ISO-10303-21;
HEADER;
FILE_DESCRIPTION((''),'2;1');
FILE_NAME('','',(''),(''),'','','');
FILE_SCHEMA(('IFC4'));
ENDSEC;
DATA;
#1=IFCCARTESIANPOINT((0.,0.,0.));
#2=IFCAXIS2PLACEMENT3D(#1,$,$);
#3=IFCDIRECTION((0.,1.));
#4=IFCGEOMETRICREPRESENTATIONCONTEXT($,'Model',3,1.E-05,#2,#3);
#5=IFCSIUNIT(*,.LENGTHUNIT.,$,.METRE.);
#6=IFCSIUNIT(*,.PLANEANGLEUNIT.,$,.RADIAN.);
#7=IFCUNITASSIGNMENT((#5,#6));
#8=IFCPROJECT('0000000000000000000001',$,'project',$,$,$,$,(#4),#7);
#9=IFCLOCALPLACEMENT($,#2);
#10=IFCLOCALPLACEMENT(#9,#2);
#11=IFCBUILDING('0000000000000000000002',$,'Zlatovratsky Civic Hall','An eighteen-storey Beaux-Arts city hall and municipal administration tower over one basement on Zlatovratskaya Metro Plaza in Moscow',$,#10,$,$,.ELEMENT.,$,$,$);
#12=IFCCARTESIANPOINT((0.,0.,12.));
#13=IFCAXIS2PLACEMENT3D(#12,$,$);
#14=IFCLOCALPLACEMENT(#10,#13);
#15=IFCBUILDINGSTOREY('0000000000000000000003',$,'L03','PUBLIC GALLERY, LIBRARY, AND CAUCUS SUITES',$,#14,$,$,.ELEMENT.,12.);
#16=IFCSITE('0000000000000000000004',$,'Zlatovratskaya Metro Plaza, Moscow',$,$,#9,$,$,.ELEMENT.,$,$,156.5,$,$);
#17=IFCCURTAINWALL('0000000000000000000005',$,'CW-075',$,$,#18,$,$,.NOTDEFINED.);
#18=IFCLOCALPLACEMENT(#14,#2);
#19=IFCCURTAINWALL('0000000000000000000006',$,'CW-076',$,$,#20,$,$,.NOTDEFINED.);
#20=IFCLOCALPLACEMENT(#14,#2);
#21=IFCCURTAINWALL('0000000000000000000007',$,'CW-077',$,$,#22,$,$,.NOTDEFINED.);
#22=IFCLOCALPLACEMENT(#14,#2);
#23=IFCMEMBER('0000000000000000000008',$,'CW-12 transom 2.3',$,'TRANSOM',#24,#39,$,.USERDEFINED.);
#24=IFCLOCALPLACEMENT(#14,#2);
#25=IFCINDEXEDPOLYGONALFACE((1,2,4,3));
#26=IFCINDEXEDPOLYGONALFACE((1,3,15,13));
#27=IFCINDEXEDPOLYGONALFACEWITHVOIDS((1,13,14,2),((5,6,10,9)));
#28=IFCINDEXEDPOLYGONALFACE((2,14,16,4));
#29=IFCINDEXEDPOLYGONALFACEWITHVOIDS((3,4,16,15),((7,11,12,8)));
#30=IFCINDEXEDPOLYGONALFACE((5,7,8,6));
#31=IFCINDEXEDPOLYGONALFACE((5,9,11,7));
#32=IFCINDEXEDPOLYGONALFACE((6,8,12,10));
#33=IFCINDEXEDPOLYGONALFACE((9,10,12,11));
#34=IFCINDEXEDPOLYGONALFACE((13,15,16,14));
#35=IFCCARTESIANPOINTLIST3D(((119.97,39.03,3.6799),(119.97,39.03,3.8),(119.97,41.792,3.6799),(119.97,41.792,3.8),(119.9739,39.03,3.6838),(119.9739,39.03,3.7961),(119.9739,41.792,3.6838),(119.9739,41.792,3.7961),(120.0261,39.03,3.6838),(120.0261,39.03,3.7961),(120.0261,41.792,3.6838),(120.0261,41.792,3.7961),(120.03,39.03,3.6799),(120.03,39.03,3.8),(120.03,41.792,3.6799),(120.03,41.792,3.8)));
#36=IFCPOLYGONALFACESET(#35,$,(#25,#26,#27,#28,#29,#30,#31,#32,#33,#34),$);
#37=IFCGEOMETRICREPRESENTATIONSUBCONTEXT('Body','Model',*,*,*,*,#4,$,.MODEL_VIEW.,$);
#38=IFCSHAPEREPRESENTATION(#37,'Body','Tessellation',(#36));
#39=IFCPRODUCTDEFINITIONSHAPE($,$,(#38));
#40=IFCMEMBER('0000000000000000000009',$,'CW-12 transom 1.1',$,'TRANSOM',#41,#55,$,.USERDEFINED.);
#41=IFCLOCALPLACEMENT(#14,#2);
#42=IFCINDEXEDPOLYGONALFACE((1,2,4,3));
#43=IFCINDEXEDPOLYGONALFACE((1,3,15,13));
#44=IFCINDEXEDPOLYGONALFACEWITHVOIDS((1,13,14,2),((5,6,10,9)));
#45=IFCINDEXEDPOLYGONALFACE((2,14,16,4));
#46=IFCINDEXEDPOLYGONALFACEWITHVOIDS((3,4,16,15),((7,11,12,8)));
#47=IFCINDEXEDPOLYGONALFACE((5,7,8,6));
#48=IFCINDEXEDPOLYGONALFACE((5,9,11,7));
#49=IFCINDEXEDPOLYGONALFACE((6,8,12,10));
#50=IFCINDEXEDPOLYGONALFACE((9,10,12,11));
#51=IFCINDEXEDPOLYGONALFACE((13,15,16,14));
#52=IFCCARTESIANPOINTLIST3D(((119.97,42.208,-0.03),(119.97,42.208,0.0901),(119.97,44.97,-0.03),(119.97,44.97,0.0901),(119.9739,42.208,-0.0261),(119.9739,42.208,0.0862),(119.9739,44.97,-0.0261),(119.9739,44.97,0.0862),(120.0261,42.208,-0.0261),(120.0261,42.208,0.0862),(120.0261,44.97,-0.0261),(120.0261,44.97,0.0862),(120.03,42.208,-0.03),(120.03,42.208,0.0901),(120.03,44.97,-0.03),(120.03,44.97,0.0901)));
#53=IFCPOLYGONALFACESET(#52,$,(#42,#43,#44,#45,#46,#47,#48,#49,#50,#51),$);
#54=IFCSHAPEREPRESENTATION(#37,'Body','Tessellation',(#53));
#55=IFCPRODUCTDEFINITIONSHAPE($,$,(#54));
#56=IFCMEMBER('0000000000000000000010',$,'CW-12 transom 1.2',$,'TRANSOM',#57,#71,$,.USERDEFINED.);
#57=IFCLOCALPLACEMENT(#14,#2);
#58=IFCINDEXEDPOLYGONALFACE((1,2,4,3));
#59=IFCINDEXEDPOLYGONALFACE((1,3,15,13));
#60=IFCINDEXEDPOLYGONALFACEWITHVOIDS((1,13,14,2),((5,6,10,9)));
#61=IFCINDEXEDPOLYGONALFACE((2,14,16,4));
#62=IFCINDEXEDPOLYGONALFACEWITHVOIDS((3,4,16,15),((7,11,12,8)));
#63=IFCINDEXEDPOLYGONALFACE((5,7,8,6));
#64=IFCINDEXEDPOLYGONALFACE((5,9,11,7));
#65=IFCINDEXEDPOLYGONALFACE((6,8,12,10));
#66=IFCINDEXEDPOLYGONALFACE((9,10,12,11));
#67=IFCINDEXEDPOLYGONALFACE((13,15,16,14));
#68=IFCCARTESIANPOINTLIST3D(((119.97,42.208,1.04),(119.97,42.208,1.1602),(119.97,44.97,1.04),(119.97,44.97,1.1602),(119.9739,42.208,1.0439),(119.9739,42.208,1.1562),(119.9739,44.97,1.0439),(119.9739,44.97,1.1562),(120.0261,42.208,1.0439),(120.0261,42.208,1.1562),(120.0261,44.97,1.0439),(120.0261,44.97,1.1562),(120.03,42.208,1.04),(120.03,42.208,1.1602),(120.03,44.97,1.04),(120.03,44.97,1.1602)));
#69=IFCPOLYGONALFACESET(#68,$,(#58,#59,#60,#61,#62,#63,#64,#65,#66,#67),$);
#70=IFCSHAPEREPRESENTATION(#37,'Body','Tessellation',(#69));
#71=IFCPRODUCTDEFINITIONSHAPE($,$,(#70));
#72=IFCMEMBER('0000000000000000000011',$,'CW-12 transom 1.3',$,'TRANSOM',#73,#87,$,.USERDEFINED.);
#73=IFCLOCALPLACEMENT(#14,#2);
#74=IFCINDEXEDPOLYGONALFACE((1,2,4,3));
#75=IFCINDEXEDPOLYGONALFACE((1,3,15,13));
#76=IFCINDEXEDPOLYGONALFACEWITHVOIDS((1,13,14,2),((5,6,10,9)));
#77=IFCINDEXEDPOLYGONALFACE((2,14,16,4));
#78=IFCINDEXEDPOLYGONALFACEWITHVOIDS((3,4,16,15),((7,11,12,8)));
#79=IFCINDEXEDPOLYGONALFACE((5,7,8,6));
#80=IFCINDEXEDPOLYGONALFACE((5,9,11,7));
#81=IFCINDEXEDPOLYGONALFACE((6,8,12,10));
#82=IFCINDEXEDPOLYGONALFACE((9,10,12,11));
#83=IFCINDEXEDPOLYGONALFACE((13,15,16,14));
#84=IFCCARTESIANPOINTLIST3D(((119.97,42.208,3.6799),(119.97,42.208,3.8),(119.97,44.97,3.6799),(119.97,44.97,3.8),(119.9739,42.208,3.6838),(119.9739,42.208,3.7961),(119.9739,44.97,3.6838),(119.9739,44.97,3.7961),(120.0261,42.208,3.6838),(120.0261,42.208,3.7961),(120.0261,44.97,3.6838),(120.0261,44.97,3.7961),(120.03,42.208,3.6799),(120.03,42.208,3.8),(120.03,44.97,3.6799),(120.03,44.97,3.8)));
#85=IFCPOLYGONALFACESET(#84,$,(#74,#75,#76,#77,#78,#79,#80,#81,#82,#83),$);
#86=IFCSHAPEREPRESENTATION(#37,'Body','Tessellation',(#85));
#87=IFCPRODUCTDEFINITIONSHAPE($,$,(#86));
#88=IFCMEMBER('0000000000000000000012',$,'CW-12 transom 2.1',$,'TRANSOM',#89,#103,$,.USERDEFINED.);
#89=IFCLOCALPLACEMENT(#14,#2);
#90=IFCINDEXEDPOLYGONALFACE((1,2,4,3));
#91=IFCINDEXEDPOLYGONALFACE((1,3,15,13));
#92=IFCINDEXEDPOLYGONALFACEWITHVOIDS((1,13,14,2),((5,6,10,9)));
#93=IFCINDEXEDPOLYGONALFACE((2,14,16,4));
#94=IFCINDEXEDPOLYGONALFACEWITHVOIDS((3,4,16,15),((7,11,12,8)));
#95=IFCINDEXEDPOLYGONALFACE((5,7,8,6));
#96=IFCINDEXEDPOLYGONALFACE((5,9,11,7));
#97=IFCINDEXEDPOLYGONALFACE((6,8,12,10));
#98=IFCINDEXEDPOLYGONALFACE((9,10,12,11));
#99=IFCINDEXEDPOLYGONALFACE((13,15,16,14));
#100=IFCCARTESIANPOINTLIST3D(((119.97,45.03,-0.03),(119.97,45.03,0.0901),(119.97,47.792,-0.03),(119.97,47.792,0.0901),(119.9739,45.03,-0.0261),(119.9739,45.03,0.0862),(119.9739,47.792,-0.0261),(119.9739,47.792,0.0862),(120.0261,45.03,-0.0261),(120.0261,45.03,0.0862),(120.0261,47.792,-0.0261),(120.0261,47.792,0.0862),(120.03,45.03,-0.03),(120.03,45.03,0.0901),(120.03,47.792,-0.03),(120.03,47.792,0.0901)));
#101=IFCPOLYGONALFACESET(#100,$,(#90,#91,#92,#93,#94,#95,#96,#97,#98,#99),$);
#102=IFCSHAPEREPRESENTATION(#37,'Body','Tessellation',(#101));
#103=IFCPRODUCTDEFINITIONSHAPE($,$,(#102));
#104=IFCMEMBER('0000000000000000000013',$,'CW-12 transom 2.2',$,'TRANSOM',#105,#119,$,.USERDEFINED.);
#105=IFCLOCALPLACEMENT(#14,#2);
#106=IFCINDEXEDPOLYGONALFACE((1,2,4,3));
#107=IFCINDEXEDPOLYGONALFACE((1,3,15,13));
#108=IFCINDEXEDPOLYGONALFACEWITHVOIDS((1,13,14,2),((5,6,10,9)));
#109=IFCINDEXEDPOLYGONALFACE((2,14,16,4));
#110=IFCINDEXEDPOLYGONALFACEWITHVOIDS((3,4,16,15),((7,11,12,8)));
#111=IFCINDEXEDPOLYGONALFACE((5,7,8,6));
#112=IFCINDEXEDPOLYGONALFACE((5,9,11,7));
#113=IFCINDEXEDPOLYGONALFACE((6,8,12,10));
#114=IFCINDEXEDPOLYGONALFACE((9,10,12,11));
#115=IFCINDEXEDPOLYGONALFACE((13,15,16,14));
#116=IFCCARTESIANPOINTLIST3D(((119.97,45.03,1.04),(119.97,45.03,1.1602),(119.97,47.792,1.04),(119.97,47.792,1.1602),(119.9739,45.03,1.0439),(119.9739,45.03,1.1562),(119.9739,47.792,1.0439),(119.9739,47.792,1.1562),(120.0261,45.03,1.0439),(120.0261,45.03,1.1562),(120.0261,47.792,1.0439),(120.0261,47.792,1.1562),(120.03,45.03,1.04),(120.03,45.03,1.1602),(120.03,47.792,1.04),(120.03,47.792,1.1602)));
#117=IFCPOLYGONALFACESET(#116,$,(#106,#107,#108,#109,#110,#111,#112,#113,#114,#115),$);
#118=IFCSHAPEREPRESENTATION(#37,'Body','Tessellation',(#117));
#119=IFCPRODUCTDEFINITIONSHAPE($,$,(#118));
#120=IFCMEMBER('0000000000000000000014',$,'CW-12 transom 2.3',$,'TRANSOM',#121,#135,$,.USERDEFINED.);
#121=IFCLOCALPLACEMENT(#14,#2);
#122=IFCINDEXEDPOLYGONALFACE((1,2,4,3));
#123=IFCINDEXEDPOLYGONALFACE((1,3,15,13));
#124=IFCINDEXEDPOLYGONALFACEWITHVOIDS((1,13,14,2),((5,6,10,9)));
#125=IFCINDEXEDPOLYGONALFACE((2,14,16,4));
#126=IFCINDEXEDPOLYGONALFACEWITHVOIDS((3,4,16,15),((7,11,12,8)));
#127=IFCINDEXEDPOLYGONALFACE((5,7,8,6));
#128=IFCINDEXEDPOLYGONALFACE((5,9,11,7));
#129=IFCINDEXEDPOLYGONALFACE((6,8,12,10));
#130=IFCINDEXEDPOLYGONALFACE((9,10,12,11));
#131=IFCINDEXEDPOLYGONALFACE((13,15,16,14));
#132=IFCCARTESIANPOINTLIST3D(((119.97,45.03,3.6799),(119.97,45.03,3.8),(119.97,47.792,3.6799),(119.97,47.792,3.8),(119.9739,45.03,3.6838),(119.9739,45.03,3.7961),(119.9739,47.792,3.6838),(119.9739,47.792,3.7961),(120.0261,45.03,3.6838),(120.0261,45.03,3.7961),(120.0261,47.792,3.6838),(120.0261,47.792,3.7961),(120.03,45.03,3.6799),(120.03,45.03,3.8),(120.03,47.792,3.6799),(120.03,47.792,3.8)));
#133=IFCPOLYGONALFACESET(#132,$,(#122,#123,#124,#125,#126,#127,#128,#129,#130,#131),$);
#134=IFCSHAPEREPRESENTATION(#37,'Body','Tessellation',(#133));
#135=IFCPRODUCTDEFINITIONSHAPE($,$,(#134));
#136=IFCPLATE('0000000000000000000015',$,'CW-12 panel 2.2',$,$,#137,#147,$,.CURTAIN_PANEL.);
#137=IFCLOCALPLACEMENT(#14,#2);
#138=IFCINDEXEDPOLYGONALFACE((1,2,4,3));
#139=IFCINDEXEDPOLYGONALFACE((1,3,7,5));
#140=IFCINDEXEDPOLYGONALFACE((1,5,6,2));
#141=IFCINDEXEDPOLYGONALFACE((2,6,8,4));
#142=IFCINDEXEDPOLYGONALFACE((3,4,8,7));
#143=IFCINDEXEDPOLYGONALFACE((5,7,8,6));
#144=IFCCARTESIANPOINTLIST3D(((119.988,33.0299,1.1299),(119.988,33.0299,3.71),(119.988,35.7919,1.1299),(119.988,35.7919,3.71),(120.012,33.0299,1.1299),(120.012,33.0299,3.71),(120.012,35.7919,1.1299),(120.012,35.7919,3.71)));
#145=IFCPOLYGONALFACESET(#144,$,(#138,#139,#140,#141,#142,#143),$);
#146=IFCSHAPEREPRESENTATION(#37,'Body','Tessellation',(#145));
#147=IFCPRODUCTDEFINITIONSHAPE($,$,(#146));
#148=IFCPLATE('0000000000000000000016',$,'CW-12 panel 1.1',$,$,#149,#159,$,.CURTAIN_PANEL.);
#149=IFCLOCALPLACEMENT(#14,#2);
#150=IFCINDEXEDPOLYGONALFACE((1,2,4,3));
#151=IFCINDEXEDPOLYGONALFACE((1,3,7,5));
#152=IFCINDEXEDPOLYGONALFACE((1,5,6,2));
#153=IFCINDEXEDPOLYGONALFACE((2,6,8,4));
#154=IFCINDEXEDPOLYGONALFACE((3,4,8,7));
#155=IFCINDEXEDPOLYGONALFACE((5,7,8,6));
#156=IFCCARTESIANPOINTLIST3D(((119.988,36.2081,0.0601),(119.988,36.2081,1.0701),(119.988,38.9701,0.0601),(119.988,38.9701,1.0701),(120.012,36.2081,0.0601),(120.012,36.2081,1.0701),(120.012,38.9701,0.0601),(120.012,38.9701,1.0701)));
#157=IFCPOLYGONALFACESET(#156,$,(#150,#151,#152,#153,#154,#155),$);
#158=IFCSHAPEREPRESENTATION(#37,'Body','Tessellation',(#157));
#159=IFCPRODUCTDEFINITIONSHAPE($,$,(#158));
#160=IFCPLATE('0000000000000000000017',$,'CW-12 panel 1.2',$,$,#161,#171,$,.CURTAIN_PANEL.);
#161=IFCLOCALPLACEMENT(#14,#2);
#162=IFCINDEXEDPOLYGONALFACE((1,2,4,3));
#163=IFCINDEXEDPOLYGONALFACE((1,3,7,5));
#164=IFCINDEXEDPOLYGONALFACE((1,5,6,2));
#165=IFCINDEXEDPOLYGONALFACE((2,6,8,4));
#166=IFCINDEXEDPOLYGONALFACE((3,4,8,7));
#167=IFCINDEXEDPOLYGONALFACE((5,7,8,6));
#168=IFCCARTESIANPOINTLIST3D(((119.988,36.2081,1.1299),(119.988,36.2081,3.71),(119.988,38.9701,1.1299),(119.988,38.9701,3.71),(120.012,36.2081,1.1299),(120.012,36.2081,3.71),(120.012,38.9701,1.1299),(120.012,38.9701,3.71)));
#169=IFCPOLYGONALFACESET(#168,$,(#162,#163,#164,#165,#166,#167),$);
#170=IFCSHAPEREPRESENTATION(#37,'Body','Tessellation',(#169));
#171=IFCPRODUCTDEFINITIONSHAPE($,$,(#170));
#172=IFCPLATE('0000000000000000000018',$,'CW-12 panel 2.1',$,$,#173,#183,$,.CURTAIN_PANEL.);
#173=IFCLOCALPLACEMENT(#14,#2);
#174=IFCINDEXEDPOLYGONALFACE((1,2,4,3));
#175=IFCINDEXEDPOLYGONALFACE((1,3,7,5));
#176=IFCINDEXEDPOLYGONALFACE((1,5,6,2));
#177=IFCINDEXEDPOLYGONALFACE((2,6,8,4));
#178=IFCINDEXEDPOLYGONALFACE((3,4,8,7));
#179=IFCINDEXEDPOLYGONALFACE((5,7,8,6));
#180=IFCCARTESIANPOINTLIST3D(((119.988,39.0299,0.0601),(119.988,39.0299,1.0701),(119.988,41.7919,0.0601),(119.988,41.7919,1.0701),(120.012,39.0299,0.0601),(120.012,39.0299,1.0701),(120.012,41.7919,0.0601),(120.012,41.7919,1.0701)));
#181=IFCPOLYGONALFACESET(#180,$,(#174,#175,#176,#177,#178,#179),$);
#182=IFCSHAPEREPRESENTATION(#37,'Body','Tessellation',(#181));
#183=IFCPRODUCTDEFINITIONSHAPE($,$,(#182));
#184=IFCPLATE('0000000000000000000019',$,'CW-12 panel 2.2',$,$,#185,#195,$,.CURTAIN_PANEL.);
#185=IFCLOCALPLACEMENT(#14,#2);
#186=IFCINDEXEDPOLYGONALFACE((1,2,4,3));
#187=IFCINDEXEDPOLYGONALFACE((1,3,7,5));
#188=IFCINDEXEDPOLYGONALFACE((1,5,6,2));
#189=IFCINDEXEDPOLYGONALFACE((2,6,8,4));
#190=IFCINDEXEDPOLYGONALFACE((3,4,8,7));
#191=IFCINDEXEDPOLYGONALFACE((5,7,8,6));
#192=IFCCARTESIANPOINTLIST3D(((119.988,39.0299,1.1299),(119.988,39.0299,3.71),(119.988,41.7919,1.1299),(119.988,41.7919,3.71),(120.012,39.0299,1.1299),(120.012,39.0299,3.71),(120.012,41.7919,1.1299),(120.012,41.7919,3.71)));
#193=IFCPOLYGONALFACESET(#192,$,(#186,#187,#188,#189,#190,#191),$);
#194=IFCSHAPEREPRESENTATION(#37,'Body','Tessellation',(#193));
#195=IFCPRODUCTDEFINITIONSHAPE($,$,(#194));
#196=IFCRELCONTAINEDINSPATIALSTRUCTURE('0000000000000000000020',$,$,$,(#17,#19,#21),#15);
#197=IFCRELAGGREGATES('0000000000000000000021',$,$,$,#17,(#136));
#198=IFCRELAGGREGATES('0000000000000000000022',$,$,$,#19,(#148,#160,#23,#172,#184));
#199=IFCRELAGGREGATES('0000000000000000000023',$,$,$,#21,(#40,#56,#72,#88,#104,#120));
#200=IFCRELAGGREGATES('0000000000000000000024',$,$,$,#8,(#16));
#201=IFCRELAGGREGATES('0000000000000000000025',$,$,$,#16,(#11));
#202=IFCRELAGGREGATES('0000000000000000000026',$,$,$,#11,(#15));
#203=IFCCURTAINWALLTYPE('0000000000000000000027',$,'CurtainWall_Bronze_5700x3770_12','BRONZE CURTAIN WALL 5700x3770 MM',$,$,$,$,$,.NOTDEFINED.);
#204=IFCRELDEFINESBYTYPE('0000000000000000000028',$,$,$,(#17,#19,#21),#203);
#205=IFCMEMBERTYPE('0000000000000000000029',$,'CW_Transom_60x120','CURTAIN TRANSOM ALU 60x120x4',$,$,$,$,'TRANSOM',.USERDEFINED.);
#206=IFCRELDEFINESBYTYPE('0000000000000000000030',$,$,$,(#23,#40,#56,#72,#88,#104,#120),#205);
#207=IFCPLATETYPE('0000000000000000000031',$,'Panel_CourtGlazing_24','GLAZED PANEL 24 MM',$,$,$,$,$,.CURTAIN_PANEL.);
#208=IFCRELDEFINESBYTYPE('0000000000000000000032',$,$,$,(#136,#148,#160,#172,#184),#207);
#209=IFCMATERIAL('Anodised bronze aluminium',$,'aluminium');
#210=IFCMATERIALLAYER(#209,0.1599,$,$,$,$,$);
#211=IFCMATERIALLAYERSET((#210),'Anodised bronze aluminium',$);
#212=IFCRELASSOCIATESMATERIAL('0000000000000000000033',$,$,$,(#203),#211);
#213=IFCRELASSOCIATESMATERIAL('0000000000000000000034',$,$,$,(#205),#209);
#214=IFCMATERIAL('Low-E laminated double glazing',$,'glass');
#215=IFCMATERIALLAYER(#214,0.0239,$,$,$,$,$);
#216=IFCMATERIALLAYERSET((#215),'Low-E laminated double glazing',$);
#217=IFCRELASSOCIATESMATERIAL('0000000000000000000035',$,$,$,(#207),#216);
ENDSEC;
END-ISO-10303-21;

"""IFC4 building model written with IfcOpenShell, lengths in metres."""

from ifc_helpers import new_model, si_unit, direction, frame, origin, origin_2d, place, context, subcontext, project, spatial, rectangle, hollow_rectangle, extrude, material, layer, layer_set, material_profile, profile_set, type_object, element, aggregate, save


model = new_model("IFC4")

# Units and contexts
model_context = context("Model", 3, precision=1e-05, world=origin(), true_north=direction((0.0, 1.0)))
body_context = subcontext(model_context, "Body", "Model", "MODEL_VIEW")
ifc_project = project(units=[si_unit("LENGTHUNIT", "METRE"), si_unit("PLANEANGLEUNIT", "RADIAN")], contexts=[model_context])

# Site, building, storey
site_placement = place(None, origin())
site = spatial("IfcSite", under=ifc_project, at=site_placement, Name="Zlatovratskaya Metro Plaza, Moscow", CompositionType="ELEMENT", RefElevation=156.5)
building_placement = place(site_placement, origin())
building = spatial("IfcBuilding", under=site, at=building_placement, Name="Zlatovratsky Civic Hall", Description="An eighteen-storey Beaux-Arts city hall and municipal administration tower over one basement on Zlatovratskaya Metro Plaza in Moscow", CompositionType="ELEMENT")
storey_placement = place(building_placement, frame((0.0, 0.0, 12.0)))
storey = spatial("IfcBuildingStorey", under=building, at=storey_placement, Name="L03", Description="PUBLIC GALLERY, LIBRARY, AND CAUCUS SUITES", CompositionType="ELEMENT", Elevation=12.0)

# Curtain wall
ifc_material_1 = material(Name="Anodised bronze aluminium", Category="aluminium")
ifc_layer_1 = layer(ifc_material_1, 0.1599)
ifc_layer_set_1 = layer_set([ifc_layer_1], Name="Anodised bronze aluminium")
curtain_wall_type = type_object("IfcCurtainWallType", Name="CurtainWall_Bronze_5700x3770_12", Description="BRONZE CURTAIN WALL 5700x3770 MM", PredefinedType="NOTDEFINED", material=ifc_layer_set_1)
curtain_wall_1_placement = place(storey_placement, origin())
curtain_wall_1 = element("IfcCurtainWall", 1, at=curtain_wall_1_placement, inside=storey, type_object=curtain_wall_type, Name="CW-075", PredefinedType="NOTDEFINED")

# Curtain walls
curtain_wall_2_placement = place(storey_placement, origin())
curtain_wall_2 = element("IfcCurtainWall", 2, at=curtain_wall_2_placement, inside=storey, type_object=curtain_wall_type, Name="CW-076", PredefinedType="NOTDEFINED")
curtain_wall_3_placement = place(storey_placement, origin())
curtain_wall_3 = element("IfcCurtainWall", 3, at=curtain_wall_3_placement, inside=storey, type_object=curtain_wall_type, Name="CW-077", PredefinedType="NOTDEFINED")

# Members
ifc_material_profile_1 = material_profile(ifc_material_1, hollow_rectangle(XDim=0.0601, YDim=0.1201, WallThickness=0.0039, at=origin_2d()), Name="ALU 60x120x4")
ifc_profile_set_1 = profile_set([ifc_material_profile_1], Name="Anodised bronze aluminium")
member_type_1 = type_object("IfcMemberType", Name="CW_Transom_60x120", Description="CURTAIN TRANSOM ALU 60x120x4", ElementType="TRANSOM", PredefinedType="USERDEFINED", material=ifc_profile_set_1)
member_1_placement = place(storey_placement, frame((120.0, 39.03, 3.74), z_axis=(0.0, 1.0, 0.0), x_axis=(-1.0, 0.0, 0.0)))
member_1 = element("IfcMember", 4, at=member_1_placement, type_object=member_type_1, Name="CW-12 transom 2.3", ObjectType="TRANSOM", PredefinedType="USERDEFINED", context=body_context, shape_type="SweptSolid", body=[
    extrude(hollow_rectangle(XDim=0.0601, YDim=0.1201, WallThickness=0.0039, at=origin_2d()), origin(), (0.0, 0.0, 1.0), 2.762),
])
member_2_placement = place(storey_placement, frame((120.0, 42.208, 0.03), z_axis=(0.0, 1.0, 0.0), x_axis=(-1.0, 0.0, 0.0)))
member_2 = element("IfcMember", 5, at=member_2_placement, type_object=member_type_1, Name="CW-12 transom 1.1", ObjectType="TRANSOM", PredefinedType="USERDEFINED", context=body_context, shape_type="SweptSolid", body=[
    extrude(hollow_rectangle(XDim=0.0601, YDim=0.1201, WallThickness=0.0039, at=origin_2d()), origin(), (0.0, 0.0, 1.0), 2.762),
])
member_3_placement = place(storey_placement, frame((120.0, 42.208, 1.1001), z_axis=(0.0, 1.0, 0.0), x_axis=(-1.0, 0.0, 0.0)))
member_3 = element("IfcMember", 6, at=member_3_placement, type_object=member_type_1, Name="CW-12 transom 1.2", ObjectType="TRANSOM", PredefinedType="USERDEFINED", context=body_context, shape_type="SweptSolid", body=[
    extrude(hollow_rectangle(XDim=0.0601, YDim=0.1201, WallThickness=0.0039, at=origin_2d()), origin(), (0.0, 0.0, 1.0), 2.762),
])
member_4_placement = place(storey_placement, frame((120.0, 42.208, 3.74), z_axis=(0.0, 1.0, 0.0), x_axis=(-1.0, 0.0, 0.0)))
member_4 = element("IfcMember", 7, at=member_4_placement, type_object=member_type_1, Name="CW-12 transom 1.3", ObjectType="TRANSOM", PredefinedType="USERDEFINED", context=body_context, shape_type="SweptSolid", body=[
    extrude(hollow_rectangle(XDim=0.0601, YDim=0.1201, WallThickness=0.0039, at=origin_2d()), origin(), (0.0, 0.0, 1.0), 2.762),
])
member_5_placement = place(storey_placement, frame((120.0, 45.03, 0.03), z_axis=(0.0, 1.0, 0.0), x_axis=(-1.0, 0.0, 0.0)))
member_5 = element("IfcMember", 8, at=member_5_placement, type_object=member_type_1, Name="CW-12 transom 2.1", ObjectType="TRANSOM", PredefinedType="USERDEFINED", context=body_context, shape_type="SweptSolid", body=[
    extrude(hollow_rectangle(XDim=0.0601, YDim=0.1201, WallThickness=0.0039, at=origin_2d()), origin(), (0.0, 0.0, 1.0), 2.762),
])
member_6_placement = place(storey_placement, frame((120.0, 45.03, 1.1001), z_axis=(0.0, 1.0, 0.0), x_axis=(-1.0, 0.0, 0.0)))
member_6 = element("IfcMember", 9, at=member_6_placement, type_object=member_type_1, Name="CW-12 transom 2.2", ObjectType="TRANSOM", PredefinedType="USERDEFINED", context=body_context, shape_type="SweptSolid", body=[
    extrude(hollow_rectangle(XDim=0.0601, YDim=0.1201, WallThickness=0.0039, at=origin_2d()), origin(), (0.0, 0.0, 1.0), 2.762),
])
member_7_placement = place(storey_placement, frame((120.0, 45.03, 3.74), z_axis=(0.0, 1.0, 0.0), x_axis=(-1.0, 0.0, 0.0)))
member_7 = element("IfcMember", 10, at=member_7_placement, type_object=member_type_1, Name="CW-12 transom 2.3", ObjectType="TRANSOM", PredefinedType="USERDEFINED", context=body_context, shape_type="SweptSolid", body=[
    extrude(hollow_rectangle(XDim=0.0601, YDim=0.1201, WallThickness=0.0039, at=origin_2d()), origin(), (0.0, 0.0, 1.0), 2.762),
])

# Plates
ifc_material_2 = material(Name="Low-E laminated double glazing", Category="glass")
ifc_layer_2 = layer(ifc_material_2, 0.0239)
ifc_layer_set_2 = layer_set([ifc_layer_2], Name="Low-E laminated double glazing")
plate_type = type_object("IfcPlateType", Name="Panel_CourtGlazing_24", Description="GLAZED PANEL 24 MM", PredefinedType="CURTAIN_PANEL", material=ifc_layer_set_2)
plate_1_placement = place(storey_placement, frame((120.0, 34.4109, 1.1299), z_axis=(0.0, 0.0, 1.0), x_axis=(0.0, 1.0, 0.0)))
plate_1 = element("IfcPlate", 11, at=plate_1_placement, type_object=plate_type, Name="CW-12 panel 2.2", PredefinedType="CURTAIN_PANEL", context=body_context, shape_type="SweptSolid", body=[
    extrude(rectangle(XDim=2.762, YDim=0.0239, at=origin_2d()), origin(), (0.0, 0.0, 1.0), 2.5801),
])
aggregate(curtain_wall_1, [plate_1])
plate_2_placement = place(storey_placement, frame((120.0, 37.5891, 0.0601), z_axis=(0.0, 0.0, 1.0), x_axis=(0.0, 1.0, 0.0)))
plate_2 = element("IfcPlate", 12, at=plate_2_placement, type_object=plate_type, Name="CW-12 panel 1.1", PredefinedType="CURTAIN_PANEL", context=body_context, shape_type="SweptSolid", body=[
    extrude(rectangle(XDim=2.762, YDim=0.0239, at=origin_2d()), origin(), (0.0, 0.0, 1.0), 1.01),
])
plate_3_placement = place(storey_placement, frame((120.0, 37.5891, 1.1299), z_axis=(0.0, 0.0, 1.0), x_axis=(0.0, 1.0, 0.0)))
plate_3 = element("IfcPlate", 13, at=plate_3_placement, type_object=plate_type, Name="CW-12 panel 1.2", PredefinedType="CURTAIN_PANEL", context=body_context, shape_type="SweptSolid", body=[
    extrude(rectangle(XDim=2.762, YDim=0.0239, at=origin_2d()), origin(), (0.0, 0.0, 1.0), 2.5801),
])
plate_4_placement = place(storey_placement, frame((120.0, 40.4109, 0.0601), z_axis=(0.0, 0.0, 1.0), x_axis=(0.0, 1.0, 0.0)))
plate_4 = element("IfcPlate", 14, at=plate_4_placement, type_object=plate_type, Name="CW-12 panel 2.1", PredefinedType="CURTAIN_PANEL", context=body_context, shape_type="SweptSolid", body=[
    extrude(rectangle(XDim=2.762, YDim=0.0239, at=origin_2d()), origin(), (0.0, 0.0, 1.0), 1.01),
])
plate_5_placement = place(storey_placement, frame((120.0, 40.4109, 1.1299), z_axis=(0.0, 0.0, 1.0), x_axis=(0.0, 1.0, 0.0)))
plate_5 = element("IfcPlate", 15, at=plate_5_placement, type_object=plate_type, Name="CW-12 panel 2.2", PredefinedType="CURTAIN_PANEL", context=body_context, shape_type="SweptSolid", body=[
    extrude(rectangle(XDim=2.762, YDim=0.0239, at=origin_2d()), origin(), (0.0, 0.0, 1.0), 2.5801),
])
aggregate(curtain_wall_2, [plate_2, plate_3, member_1, plate_4, plate_5])
aggregate(curtain_wall_3, [member_2, member_3, member_4, member_5, member_6, member_7])

save(model, "model.ifc")
